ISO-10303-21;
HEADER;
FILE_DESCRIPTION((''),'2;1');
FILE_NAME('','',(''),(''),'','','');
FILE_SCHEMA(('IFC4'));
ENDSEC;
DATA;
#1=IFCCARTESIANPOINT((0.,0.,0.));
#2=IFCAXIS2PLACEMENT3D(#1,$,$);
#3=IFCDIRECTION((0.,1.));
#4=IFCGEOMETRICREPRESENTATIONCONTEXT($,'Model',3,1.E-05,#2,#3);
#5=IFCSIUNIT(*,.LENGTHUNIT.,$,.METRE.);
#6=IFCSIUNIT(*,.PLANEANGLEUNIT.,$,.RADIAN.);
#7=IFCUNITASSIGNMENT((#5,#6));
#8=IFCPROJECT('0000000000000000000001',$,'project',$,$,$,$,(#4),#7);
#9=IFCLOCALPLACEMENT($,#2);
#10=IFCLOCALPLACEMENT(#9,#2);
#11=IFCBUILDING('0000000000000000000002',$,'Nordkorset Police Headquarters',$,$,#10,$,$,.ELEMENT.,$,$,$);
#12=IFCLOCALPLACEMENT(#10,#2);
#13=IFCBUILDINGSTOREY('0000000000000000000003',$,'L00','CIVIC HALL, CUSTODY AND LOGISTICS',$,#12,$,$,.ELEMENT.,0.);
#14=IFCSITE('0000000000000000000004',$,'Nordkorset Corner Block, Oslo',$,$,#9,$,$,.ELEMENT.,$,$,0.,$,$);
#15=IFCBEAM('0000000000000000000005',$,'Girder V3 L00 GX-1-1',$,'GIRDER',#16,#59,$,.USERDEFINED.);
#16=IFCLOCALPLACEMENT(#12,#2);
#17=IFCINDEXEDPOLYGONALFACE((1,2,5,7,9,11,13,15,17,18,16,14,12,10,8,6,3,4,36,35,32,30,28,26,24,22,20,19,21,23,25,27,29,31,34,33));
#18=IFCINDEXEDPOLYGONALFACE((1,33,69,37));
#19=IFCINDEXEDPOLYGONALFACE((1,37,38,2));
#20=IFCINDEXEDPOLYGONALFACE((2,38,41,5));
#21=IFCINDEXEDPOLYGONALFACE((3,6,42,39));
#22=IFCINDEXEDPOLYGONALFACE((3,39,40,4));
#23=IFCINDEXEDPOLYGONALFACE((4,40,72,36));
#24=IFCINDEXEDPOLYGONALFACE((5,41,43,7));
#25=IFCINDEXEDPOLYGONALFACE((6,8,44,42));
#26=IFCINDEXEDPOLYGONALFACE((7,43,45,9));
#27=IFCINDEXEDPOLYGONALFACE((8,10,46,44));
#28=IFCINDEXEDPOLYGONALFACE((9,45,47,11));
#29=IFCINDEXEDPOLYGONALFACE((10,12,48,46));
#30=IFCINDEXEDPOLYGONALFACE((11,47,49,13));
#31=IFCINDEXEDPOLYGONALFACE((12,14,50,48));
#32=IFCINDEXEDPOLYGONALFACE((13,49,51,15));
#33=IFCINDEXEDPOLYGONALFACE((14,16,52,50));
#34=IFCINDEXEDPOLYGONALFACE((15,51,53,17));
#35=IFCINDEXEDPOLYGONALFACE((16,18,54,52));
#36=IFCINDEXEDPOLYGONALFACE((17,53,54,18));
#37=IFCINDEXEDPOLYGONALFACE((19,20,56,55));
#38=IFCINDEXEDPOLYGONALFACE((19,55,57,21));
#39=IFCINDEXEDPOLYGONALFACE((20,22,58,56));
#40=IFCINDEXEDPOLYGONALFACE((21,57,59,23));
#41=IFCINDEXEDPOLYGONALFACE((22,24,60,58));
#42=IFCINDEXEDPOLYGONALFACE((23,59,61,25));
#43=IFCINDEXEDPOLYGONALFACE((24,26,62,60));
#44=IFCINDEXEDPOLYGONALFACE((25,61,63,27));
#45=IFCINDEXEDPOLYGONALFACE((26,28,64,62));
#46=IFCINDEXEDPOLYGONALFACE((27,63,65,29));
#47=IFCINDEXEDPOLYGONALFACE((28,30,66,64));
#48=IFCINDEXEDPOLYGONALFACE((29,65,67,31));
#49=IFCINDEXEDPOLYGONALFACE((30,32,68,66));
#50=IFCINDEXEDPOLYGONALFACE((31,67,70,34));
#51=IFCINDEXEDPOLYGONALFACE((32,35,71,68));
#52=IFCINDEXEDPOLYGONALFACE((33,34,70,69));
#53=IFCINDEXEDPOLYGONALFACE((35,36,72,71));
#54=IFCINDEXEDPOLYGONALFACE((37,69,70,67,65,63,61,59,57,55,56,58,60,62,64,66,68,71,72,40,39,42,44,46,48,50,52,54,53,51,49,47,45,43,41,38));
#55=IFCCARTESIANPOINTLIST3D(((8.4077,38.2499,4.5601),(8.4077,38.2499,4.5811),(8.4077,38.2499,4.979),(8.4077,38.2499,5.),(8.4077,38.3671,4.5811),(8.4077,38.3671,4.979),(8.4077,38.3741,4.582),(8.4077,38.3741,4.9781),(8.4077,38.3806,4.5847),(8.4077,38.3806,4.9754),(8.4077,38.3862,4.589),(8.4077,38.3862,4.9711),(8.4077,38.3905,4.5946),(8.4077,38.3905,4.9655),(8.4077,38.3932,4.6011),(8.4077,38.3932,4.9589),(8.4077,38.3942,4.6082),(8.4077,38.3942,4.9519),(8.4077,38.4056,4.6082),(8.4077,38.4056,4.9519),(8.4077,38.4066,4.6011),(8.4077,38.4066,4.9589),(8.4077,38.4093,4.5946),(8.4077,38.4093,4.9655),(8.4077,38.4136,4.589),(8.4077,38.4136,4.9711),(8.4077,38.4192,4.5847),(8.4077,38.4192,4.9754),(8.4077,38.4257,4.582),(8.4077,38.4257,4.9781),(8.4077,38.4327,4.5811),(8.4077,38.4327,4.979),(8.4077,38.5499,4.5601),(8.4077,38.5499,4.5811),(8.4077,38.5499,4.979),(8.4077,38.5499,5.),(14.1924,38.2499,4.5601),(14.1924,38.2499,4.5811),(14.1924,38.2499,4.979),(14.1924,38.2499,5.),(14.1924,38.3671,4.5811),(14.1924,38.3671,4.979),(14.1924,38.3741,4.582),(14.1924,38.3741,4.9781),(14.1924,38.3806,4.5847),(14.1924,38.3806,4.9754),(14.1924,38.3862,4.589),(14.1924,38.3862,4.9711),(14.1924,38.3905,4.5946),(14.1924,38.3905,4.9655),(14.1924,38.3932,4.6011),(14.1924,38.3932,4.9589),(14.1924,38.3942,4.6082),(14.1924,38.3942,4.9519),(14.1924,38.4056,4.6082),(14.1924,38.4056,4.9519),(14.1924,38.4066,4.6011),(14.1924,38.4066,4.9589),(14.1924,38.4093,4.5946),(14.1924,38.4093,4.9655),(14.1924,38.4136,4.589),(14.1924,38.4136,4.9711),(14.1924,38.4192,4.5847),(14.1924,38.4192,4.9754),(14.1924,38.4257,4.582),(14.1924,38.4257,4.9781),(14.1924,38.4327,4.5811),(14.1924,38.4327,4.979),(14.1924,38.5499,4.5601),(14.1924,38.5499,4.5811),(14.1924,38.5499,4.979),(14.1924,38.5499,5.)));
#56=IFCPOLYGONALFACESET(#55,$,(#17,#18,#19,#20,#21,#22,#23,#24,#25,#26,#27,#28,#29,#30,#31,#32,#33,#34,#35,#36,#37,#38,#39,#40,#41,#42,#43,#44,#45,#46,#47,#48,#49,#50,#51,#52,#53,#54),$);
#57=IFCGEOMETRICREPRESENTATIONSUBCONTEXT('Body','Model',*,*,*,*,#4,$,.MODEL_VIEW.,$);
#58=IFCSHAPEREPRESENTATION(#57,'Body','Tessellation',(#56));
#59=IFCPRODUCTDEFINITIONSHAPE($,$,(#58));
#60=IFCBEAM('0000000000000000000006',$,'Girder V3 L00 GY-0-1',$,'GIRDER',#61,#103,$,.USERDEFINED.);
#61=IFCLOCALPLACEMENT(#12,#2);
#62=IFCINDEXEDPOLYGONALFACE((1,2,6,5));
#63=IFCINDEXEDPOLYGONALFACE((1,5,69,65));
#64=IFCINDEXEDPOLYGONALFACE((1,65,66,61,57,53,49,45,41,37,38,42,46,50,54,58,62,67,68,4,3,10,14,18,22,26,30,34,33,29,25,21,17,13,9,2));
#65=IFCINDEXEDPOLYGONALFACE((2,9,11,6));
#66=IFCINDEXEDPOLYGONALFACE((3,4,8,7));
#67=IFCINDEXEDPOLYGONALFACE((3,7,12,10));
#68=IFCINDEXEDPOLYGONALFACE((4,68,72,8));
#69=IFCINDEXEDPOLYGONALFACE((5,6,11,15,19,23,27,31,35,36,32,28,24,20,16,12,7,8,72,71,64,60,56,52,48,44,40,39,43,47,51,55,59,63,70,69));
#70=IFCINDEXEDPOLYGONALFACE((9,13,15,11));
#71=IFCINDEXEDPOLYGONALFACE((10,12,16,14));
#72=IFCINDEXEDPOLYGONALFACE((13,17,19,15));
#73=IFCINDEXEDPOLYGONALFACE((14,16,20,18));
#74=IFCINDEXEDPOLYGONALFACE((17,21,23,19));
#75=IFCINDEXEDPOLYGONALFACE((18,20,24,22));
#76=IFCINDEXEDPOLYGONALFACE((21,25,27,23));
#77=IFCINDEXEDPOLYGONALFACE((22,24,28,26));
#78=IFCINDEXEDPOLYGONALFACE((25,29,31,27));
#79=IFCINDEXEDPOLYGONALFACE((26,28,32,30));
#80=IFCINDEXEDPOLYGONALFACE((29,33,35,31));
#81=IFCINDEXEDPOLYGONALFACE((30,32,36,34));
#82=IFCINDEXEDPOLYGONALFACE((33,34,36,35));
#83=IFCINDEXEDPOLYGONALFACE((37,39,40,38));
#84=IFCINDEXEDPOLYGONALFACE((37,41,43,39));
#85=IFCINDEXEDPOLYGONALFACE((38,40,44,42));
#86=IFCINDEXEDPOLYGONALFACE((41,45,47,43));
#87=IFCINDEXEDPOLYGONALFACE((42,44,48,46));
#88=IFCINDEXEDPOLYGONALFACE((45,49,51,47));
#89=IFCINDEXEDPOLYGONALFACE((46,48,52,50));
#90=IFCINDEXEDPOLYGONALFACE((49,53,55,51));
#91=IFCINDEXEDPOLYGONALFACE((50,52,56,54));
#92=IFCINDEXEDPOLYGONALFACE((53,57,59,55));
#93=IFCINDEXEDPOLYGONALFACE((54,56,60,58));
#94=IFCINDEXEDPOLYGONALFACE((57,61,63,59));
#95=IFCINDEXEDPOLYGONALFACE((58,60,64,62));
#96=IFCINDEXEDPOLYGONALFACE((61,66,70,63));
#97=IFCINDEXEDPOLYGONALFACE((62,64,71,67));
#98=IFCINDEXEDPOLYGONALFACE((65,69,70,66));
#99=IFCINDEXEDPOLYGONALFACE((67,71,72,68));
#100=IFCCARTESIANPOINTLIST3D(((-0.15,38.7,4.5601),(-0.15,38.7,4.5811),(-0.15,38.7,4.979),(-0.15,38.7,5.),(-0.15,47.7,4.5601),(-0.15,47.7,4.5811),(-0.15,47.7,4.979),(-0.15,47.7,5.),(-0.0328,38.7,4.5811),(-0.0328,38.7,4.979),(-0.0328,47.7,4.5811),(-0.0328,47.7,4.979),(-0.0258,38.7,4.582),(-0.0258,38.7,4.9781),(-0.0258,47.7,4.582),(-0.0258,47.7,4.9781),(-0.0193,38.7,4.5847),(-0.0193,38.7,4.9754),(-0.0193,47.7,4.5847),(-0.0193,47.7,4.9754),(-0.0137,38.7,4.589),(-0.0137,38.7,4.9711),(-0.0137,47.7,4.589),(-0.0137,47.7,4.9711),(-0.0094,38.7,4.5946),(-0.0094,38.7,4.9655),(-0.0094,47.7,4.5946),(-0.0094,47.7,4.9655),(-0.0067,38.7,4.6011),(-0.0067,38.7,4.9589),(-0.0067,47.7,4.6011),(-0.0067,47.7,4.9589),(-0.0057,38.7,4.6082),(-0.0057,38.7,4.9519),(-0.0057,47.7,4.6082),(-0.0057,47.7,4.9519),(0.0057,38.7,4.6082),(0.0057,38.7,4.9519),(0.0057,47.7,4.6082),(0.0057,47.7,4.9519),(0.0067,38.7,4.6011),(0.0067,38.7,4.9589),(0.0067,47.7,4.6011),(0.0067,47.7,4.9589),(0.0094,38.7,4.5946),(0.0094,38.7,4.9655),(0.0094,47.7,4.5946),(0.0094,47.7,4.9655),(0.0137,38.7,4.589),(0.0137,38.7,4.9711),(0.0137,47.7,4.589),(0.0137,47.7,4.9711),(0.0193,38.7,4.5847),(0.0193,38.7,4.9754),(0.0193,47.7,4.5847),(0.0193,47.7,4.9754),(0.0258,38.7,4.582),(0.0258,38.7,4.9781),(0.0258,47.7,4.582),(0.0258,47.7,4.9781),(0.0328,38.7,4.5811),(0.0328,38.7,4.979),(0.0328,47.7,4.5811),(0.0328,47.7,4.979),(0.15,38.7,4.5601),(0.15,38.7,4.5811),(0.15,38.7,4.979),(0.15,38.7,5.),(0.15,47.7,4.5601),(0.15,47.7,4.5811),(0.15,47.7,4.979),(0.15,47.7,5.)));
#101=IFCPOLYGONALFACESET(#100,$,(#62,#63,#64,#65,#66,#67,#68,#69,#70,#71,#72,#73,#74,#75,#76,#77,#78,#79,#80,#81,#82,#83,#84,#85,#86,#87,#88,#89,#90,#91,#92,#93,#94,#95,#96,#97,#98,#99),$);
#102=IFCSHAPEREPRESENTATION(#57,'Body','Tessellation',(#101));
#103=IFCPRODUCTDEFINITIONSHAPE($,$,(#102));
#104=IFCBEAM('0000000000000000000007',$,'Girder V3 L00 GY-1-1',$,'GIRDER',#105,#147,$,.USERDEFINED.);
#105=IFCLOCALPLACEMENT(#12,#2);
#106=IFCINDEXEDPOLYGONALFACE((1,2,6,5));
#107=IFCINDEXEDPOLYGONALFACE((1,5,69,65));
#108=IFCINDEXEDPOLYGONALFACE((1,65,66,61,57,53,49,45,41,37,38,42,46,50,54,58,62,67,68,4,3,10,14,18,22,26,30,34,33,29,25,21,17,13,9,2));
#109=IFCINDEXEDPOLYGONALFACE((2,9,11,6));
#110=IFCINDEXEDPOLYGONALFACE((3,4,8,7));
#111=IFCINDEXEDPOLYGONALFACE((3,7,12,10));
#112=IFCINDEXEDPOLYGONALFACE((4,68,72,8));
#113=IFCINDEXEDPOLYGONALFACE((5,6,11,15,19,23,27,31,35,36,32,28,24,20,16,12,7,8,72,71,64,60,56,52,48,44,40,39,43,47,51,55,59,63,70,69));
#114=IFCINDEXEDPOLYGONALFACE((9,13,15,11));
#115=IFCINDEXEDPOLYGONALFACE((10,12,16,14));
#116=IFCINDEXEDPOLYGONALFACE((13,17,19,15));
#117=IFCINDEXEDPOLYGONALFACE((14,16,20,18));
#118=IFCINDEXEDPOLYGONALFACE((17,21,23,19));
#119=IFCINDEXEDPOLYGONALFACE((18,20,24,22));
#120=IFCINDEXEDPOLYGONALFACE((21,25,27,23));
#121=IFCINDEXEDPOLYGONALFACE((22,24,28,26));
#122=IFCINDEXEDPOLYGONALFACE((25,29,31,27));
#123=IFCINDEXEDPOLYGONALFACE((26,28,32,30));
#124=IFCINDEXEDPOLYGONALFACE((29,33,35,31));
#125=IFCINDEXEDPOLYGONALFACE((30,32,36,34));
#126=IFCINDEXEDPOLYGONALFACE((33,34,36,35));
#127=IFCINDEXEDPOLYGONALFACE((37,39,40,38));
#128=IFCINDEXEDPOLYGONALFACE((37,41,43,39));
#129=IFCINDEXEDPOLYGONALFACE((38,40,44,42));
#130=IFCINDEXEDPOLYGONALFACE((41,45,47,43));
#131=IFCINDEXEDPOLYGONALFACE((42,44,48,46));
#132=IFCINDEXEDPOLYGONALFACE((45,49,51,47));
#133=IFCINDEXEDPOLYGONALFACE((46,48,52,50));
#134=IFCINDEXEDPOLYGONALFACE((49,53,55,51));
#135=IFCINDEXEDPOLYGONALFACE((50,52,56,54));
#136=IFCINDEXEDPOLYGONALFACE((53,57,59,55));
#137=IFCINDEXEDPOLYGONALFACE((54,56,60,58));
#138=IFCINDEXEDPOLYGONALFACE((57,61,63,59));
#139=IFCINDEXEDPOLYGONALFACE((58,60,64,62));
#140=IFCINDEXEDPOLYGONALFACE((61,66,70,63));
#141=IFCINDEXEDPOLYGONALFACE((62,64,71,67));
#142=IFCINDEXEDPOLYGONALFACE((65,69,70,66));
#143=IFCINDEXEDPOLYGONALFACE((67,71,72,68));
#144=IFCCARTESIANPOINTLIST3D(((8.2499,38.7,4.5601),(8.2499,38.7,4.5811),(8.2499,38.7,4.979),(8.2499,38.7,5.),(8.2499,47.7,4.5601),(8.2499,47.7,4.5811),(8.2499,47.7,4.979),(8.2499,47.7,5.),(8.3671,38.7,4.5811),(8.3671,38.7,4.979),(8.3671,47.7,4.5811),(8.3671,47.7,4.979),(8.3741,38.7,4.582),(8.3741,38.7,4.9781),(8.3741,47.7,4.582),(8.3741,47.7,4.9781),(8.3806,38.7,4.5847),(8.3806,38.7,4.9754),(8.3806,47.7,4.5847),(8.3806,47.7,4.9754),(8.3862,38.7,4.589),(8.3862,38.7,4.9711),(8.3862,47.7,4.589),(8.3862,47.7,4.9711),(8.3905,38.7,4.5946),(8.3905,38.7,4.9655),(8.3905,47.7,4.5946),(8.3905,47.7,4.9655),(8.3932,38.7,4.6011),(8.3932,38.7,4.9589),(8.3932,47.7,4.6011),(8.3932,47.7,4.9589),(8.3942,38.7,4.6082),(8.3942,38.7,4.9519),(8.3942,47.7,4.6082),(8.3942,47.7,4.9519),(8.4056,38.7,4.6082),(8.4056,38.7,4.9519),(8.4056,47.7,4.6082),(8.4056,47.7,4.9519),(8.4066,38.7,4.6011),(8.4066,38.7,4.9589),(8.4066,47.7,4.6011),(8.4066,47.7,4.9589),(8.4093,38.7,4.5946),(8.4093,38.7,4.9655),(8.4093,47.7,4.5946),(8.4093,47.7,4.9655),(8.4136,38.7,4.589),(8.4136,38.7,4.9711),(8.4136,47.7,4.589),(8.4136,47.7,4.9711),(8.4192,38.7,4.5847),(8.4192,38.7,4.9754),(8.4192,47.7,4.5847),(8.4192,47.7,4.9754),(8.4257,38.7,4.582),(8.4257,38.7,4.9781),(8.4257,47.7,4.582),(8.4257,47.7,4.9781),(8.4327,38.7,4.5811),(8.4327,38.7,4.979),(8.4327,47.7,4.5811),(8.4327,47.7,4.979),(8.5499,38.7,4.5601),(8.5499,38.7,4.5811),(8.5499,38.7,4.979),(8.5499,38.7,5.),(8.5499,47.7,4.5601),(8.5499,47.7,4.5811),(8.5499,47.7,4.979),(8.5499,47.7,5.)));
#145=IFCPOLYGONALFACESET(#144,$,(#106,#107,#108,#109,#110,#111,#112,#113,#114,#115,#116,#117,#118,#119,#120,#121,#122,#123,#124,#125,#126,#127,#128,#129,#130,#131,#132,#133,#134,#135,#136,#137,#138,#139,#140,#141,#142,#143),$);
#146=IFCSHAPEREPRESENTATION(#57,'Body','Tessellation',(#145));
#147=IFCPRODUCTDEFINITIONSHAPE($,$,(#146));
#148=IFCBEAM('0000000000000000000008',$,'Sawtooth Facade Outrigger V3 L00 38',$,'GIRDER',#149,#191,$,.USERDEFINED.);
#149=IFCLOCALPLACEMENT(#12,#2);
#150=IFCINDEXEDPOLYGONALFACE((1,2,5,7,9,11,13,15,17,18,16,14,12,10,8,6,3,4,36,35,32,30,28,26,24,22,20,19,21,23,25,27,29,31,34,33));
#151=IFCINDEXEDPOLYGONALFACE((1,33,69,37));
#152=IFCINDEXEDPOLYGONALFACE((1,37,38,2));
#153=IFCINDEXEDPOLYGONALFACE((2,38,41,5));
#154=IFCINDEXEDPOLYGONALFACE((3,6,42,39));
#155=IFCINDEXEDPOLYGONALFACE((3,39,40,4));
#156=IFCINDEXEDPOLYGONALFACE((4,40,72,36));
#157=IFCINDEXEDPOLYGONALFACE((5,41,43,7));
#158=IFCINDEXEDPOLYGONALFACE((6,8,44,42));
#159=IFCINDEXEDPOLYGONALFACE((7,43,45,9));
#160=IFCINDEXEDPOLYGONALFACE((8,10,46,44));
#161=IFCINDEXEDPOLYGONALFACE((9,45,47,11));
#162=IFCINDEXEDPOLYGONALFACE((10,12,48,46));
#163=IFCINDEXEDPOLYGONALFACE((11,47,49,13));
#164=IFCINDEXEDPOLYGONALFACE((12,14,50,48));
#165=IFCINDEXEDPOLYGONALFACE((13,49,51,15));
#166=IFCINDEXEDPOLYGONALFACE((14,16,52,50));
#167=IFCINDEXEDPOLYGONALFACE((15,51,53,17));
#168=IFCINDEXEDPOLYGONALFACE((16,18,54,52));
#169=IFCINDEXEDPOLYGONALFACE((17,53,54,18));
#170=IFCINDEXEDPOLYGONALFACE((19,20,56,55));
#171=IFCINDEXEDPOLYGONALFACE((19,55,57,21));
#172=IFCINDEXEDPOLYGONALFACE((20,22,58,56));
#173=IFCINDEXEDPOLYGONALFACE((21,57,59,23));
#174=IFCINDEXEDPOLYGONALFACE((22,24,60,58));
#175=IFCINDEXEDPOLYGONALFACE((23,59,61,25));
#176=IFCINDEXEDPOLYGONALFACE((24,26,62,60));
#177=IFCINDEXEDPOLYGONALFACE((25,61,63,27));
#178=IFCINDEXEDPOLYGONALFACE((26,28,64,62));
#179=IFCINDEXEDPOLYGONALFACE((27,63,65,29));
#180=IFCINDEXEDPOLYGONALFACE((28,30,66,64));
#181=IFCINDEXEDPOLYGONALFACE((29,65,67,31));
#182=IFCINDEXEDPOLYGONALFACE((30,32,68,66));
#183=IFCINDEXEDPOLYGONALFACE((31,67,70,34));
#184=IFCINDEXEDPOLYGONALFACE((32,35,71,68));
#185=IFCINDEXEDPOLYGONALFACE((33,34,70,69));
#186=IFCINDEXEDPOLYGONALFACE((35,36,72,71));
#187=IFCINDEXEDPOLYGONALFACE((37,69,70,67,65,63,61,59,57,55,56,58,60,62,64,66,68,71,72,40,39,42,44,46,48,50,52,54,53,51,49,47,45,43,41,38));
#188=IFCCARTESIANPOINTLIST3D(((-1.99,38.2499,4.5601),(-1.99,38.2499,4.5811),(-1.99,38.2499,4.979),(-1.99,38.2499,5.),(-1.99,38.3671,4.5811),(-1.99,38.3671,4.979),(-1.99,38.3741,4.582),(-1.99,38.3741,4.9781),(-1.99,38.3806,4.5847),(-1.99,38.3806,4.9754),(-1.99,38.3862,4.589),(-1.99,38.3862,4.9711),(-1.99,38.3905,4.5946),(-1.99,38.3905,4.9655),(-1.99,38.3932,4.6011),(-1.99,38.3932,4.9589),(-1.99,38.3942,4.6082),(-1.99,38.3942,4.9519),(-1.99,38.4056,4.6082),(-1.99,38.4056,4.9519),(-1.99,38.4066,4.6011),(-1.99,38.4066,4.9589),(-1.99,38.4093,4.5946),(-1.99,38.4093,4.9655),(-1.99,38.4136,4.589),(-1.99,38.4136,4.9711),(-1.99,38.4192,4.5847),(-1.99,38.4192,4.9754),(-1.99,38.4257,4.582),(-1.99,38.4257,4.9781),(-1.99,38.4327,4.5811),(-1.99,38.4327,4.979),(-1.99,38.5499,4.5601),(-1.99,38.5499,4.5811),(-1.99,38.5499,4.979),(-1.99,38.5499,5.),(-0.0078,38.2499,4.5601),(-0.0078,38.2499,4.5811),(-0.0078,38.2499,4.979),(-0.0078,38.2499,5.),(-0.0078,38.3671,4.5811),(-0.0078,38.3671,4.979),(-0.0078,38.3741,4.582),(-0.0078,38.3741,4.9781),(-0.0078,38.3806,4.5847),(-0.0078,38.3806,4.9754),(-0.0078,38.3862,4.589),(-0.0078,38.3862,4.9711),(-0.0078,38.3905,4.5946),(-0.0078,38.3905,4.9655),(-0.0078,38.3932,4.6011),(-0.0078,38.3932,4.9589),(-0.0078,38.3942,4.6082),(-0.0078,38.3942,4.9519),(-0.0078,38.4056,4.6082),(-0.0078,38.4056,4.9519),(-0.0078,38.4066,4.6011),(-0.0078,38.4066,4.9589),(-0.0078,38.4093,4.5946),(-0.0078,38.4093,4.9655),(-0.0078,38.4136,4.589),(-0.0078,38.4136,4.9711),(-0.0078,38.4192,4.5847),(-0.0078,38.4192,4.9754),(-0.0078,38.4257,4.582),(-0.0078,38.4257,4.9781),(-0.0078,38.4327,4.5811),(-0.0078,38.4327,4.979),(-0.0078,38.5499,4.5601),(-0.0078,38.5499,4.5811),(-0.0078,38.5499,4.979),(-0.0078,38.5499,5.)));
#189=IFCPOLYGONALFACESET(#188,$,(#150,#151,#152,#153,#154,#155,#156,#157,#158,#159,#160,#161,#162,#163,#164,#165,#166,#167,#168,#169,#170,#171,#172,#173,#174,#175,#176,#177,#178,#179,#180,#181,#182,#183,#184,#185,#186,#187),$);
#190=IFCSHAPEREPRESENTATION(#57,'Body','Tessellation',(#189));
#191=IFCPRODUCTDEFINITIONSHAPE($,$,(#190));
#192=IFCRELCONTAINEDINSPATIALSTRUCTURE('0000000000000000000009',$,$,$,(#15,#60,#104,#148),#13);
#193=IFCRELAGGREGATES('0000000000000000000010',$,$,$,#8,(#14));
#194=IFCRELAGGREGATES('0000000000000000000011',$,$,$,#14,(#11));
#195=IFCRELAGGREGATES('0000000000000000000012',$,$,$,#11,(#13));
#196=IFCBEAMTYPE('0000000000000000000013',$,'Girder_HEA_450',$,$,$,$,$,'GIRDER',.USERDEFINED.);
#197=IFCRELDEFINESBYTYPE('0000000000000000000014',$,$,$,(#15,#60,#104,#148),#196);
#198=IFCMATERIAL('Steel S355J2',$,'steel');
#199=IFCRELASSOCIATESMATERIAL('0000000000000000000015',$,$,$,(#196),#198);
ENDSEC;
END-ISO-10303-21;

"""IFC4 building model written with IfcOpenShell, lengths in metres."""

from ifc_helpers import new_model, si_unit, direction, frame, origin, origin_2d, place, context, subcontext, project, spatial, i_section, extrude, material, material_profile, profile_set, type_object, element, save


model = new_model("IFC4")

# Units and contexts
model_context = context("Model", 3, precision=1e-05, world=origin(), true_north=direction((0.0, 1.0)))
body_context = subcontext(model_context, "Body", "Model", "MODEL_VIEW")
ifc_project = project(units=[si_unit("LENGTHUNIT", "METRE"), si_unit("PLANEANGLEUNIT", "RADIAN")], contexts=[model_context])

# Site, building, storey
site_placement = place(None, origin())
site = spatial("IfcSite", under=ifc_project, at=site_placement, Name="Nordkorset Corner Block, Oslo", CompositionType="ELEMENT", RefElevation=0.0)
building_placement = place(site_placement, origin())
building = spatial("IfcBuilding", under=site, at=building_placement, Name="Nordkorset Police Headquarters", CompositionType="ELEMENT")
storey_placement = place(building_placement, origin())
storey = spatial("IfcBuildingStorey", under=building, at=storey_placement, Name="L00", Description="CIVIC HALL, CUSTODY AND LOGISTICS", CompositionType="ELEMENT", Elevation=0.0)

# Beams
ifc_material_1 = material(Name="Steel S355J2", Category="steel")
ifc_material_profile_1 = material_profile(ifc_material_1, i_section(OverallWidth=0.3, OverallDepth=0.4399, WebThickness=0.0115, FlangeThickness=0.021, FilletRadius=0.0271, at=origin_2d()), Name="HEA 450")
ifc_profile_set_1 = profile_set([ifc_material_profile_1], Name="Steel S355J2")
beam_type = type_object("IfcBeamType", Name="Girder_HEA_450", ElementType="GIRDER", PredefinedType="USERDEFINED", material=ifc_profile_set_1)
beam_1_placement = place(storey_placement, frame((8.4077, 38.3999, 4.78), z_axis=(1.0, 0.0, 0.0), x_axis=(0.0, 1.0, 0.0)))
element("IfcBeam", 1, at=beam_1_placement, inside=storey, type_object=beam_type, Name="Girder V3 L00 GX-1-1", ObjectType="GIRDER", PredefinedType="USERDEFINED", context=body_context, shape_type="SweptSolid", body=[
    extrude(i_section(OverallWidth=0.3, OverallDepth=0.4399, WebThickness=0.0115, FlangeThickness=0.021, FilletRadius=0.0271, at=origin_2d()), origin(), (0.0, 0.0, 1.0), 5.7847),
])
for number, where, z_axis, x_axis, name in (
    (2, (0.0, 38.7, 4.78), (0.0, 1.0, 0.0), (-1.0, 0.0, 0.0), "Girder V3 L00 GY-0-1"),
    (3, (8.3999, 38.7, 4.78), (0.0, 1.0, 0.0), (-1.0, 0.0, 0.0), "Girder V3 L00 GY-1-1"),
):
    element("IfcBeam", number, at=place(storey_placement, frame(where, z_axis=z_axis, x_axis=x_axis)), inside=storey, type_object=beam_type, Name=name, ObjectType="GIRDER", PredefinedType="USERDEFINED", context=body_context, shape_type="SweptSolid", body=[
        extrude(i_section(OverallWidth=0.3, OverallDepth=0.4399, WebThickness=0.0115, FlangeThickness=0.021, FilletRadius=0.0271, at=origin_2d()), origin(), (0.0, 0.0, 1.0), 9.0),
    ])
beam_2_placement = place(storey_placement, frame((-0.0078, 38.3999, 4.78), z_axis=(-1.0, 0.0, 0.0), x_axis=(0.0, -1.0, 0.0)))
element("IfcBeam", 4, at=beam_2_placement, inside=storey, type_object=beam_type, Name="Sawtooth Facade Outrigger V3 L00 38", ObjectType="GIRDER", PredefinedType="USERDEFINED", context=body_context, shape_type="SweptSolid", body=[
    extrude(i_section(OverallWidth=0.3, OverallDepth=0.4399, WebThickness=0.0115, FlangeThickness=0.021, FilletRadius=0.0271, at=origin_2d()), origin(), (0.0, 0.0, 1.0), 1.9822),
])

save(model, "model.ifc")
